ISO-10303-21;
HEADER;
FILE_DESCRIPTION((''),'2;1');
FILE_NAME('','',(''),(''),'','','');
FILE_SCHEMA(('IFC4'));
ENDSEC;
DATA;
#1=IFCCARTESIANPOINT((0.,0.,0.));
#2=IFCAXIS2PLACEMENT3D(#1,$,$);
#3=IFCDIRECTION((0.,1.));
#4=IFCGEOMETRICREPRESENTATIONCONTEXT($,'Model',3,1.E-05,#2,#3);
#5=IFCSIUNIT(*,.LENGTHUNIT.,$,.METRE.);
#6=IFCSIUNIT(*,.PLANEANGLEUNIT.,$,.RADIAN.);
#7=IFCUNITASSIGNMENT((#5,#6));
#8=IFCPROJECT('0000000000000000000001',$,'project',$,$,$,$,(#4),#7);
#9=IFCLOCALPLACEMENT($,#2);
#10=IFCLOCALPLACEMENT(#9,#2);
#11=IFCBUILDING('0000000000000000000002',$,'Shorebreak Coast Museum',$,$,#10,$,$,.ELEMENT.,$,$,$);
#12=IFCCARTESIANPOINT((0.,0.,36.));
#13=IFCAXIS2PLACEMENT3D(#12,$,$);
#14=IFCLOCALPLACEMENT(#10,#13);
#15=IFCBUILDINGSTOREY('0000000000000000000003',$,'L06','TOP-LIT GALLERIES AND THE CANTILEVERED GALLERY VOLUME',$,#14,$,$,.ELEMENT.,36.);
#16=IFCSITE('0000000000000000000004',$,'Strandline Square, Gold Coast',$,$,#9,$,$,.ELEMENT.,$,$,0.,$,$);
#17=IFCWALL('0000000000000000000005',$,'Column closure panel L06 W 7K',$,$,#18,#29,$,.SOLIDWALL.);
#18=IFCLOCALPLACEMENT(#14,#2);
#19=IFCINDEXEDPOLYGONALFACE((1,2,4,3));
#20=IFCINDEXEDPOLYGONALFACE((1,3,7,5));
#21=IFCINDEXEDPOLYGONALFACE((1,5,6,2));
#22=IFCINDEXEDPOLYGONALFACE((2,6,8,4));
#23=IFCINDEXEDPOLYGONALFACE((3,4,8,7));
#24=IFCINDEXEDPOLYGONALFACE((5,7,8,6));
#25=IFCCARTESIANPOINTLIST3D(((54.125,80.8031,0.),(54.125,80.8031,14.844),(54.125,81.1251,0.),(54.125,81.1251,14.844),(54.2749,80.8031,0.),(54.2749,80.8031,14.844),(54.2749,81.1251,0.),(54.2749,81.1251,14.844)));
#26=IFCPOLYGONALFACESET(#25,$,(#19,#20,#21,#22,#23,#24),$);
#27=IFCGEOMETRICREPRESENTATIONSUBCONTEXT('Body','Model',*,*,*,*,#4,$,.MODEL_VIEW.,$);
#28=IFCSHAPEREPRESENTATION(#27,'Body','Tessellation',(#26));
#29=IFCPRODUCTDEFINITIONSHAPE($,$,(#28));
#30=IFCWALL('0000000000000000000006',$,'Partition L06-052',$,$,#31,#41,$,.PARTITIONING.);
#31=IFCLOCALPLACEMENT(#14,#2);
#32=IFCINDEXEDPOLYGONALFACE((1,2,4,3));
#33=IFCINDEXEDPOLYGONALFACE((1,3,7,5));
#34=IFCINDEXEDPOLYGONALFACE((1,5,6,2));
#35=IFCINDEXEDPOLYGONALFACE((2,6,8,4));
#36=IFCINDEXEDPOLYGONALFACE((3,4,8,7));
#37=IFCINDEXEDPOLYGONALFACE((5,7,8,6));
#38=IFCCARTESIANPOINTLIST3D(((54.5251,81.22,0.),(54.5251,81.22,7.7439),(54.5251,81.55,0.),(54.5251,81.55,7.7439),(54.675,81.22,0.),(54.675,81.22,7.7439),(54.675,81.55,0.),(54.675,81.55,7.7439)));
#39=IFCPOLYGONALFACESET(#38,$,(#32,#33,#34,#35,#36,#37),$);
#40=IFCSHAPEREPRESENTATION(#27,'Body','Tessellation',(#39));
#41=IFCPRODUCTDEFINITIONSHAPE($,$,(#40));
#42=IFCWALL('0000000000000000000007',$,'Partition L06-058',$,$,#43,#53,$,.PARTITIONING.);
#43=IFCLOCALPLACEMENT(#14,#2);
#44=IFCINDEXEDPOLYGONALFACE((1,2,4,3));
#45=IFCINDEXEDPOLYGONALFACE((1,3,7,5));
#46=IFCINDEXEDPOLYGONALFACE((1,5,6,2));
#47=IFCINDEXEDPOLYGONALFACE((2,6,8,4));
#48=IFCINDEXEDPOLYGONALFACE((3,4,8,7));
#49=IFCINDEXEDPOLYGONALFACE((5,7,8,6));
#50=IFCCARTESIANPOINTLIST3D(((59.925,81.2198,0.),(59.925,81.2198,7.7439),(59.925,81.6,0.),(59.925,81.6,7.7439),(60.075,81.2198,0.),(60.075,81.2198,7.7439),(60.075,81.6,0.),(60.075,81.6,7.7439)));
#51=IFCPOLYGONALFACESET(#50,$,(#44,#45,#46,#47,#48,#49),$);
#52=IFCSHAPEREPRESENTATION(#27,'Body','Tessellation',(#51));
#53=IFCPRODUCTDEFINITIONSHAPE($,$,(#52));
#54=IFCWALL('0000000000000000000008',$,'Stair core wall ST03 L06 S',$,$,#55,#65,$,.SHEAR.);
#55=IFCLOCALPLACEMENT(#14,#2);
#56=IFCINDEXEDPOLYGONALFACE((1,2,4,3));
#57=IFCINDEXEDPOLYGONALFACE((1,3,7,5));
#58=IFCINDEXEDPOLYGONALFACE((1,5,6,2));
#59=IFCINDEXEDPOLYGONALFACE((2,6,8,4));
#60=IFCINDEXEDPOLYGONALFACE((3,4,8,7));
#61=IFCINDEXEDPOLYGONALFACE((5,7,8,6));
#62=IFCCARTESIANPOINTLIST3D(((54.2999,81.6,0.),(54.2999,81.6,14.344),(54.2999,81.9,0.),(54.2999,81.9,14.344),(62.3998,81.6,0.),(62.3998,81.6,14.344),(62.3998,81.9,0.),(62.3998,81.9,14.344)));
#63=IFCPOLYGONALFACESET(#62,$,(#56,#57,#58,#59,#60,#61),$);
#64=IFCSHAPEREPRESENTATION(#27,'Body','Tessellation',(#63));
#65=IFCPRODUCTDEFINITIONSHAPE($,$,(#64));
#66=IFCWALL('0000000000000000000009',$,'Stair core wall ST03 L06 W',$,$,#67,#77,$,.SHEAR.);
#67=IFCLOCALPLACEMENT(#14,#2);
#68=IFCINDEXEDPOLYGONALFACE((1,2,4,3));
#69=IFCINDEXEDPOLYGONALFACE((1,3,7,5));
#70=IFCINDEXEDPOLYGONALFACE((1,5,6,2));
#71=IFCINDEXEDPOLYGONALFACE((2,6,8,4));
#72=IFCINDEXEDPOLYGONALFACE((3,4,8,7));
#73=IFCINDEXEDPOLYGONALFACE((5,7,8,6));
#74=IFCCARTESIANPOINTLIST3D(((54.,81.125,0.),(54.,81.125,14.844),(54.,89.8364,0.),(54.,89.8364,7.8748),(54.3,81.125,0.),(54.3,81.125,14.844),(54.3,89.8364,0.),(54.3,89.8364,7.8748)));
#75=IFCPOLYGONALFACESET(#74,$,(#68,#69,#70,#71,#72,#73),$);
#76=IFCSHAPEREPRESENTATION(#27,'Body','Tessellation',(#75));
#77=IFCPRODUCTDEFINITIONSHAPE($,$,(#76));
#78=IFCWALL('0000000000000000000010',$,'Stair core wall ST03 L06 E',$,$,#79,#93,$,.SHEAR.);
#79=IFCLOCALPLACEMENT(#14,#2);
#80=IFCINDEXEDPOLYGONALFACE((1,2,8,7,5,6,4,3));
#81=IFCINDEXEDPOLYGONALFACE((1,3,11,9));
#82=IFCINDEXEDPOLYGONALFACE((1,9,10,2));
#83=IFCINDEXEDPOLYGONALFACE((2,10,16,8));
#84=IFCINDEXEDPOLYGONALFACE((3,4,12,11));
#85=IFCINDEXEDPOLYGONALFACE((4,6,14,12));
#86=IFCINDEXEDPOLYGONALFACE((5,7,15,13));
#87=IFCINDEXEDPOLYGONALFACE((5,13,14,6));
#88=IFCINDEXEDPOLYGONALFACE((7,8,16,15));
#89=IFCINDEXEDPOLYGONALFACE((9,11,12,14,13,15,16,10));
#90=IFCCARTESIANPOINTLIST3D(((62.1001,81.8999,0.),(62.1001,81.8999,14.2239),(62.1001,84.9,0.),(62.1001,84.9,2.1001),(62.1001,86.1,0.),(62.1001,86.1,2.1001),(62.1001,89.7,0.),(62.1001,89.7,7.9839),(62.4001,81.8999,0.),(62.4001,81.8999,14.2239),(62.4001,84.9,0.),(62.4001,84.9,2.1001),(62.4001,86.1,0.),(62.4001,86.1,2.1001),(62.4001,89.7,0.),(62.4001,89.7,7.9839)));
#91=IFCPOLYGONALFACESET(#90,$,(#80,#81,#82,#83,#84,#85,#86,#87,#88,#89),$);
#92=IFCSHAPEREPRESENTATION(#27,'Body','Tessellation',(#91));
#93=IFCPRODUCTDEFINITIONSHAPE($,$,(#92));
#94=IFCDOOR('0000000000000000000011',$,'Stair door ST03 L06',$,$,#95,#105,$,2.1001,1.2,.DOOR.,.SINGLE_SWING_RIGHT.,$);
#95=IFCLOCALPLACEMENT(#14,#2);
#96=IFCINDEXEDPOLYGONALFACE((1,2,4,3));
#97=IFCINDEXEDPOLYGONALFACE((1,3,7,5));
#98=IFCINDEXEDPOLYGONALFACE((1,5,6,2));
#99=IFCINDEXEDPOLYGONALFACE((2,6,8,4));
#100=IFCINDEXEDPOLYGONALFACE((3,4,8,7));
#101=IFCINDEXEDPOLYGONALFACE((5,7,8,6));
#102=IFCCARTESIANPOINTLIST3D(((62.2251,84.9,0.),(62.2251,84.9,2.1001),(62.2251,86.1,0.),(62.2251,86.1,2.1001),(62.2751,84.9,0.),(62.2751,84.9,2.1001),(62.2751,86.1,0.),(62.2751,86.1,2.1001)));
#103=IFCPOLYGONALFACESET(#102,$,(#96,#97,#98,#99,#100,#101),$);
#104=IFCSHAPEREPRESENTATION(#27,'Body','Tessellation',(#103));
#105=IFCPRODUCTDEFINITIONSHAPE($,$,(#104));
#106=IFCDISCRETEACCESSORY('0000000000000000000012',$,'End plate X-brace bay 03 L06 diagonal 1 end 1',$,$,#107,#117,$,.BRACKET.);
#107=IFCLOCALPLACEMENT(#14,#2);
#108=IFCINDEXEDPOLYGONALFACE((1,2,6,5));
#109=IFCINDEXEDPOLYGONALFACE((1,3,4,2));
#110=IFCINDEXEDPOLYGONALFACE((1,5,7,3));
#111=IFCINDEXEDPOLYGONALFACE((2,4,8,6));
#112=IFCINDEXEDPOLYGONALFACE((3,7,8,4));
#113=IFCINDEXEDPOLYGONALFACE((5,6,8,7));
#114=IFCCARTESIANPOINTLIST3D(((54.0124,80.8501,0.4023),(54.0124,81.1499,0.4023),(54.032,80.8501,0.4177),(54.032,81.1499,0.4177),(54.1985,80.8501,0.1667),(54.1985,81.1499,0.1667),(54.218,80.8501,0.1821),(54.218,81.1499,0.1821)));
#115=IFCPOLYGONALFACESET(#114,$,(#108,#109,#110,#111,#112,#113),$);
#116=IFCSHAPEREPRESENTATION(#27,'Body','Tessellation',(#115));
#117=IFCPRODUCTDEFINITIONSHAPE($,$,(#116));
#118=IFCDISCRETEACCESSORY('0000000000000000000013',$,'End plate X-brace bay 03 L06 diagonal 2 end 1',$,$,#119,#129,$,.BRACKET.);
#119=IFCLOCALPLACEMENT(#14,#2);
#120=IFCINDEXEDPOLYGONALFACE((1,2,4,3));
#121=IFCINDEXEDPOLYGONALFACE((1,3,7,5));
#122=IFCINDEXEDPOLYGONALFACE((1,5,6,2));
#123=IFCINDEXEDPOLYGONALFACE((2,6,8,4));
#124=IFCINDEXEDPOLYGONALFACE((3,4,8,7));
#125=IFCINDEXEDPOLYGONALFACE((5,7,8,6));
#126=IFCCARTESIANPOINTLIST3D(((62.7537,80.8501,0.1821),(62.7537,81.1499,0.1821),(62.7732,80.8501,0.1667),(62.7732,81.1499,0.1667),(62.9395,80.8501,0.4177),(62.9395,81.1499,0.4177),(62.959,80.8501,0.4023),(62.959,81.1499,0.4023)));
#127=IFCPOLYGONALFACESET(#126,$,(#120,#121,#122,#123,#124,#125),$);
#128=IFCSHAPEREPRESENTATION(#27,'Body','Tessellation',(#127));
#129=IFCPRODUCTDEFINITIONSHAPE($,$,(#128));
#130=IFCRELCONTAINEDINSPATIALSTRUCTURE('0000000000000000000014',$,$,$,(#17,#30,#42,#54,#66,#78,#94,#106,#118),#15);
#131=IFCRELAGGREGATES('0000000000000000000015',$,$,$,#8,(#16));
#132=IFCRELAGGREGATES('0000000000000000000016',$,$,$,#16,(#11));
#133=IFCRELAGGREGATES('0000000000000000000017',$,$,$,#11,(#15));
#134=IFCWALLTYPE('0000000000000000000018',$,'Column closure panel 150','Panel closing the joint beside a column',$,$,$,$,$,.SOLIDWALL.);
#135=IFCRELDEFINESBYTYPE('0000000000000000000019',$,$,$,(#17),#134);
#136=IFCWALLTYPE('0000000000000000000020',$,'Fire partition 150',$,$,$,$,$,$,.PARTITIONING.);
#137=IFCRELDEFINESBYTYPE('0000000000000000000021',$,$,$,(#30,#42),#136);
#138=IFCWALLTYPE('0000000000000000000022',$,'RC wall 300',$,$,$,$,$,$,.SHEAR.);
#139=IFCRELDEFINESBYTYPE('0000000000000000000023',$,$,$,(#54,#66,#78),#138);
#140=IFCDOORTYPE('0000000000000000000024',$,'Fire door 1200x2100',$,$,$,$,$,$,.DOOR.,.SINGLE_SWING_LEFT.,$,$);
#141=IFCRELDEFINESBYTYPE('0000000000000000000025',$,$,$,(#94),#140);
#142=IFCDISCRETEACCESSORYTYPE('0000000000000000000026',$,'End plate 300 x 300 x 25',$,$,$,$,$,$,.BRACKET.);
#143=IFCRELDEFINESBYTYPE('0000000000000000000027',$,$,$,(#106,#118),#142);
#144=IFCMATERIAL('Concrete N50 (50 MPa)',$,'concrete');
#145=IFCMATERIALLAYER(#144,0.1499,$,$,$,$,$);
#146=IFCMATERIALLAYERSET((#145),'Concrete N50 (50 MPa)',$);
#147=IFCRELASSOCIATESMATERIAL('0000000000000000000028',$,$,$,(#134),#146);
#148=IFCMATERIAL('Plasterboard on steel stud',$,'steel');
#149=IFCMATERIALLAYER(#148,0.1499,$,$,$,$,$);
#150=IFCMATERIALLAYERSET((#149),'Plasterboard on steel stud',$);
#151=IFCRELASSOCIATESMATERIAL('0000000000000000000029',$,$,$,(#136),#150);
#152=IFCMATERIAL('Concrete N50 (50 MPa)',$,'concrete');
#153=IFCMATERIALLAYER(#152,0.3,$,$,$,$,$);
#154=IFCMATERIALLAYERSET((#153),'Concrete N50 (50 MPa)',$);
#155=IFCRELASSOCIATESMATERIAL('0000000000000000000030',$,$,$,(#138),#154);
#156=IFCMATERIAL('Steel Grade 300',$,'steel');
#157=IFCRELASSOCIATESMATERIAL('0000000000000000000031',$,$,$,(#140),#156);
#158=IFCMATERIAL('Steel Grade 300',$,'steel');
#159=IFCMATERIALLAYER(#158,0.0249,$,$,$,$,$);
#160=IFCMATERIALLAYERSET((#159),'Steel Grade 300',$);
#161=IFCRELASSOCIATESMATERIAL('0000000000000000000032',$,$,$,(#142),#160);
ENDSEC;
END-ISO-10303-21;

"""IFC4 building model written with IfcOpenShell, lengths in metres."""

from ifc_helpers import new_model, si_unit, direction, frame, frame_2d, origin, place, context, subcontext, project, spatial, polyline, rectangle, outline, extrude, material, layer, layer_set, type_object, element, fill, save


model = new_model("IFC4")

# Units and contexts
model_context = context("Model", 3, precision=1e-05, world=origin(), true_north=direction((0.0, 1.0)))
body_context = subcontext(model_context, "Body", "Model", "MODEL_VIEW")
ifc_project = project(units=[si_unit("LENGTHUNIT", "METRE"), si_unit("PLANEANGLEUNIT", "RADIAN")], contexts=[model_context])

# Site, building, storey
site_placement = place(None, origin())
site = spatial("IfcSite", under=ifc_project, at=site_placement, Name="Strandline Square, Gold Coast", CompositionType="ELEMENT", RefElevation=0.0)
building_placement = place(site_placement, origin())
building = spatial("IfcBuilding", under=site, at=building_placement, Name="Shorebreak Coast Museum", CompositionType="ELEMENT")
storey_placement = place(building_placement, frame((0.0, 0.0, 36.0)))
storey = spatial("IfcBuildingStorey", under=building, at=storey_placement, Name="L06", Description="TOP-LIT GALLERIES AND THE CANTILEVERED GALLERY VOLUME", CompositionType="ELEMENT", Elevation=36.0)

# Walls
ifc_material_1 = material(Name="Concrete N50 (50 MPa)", Category="concrete")
ifc_layer_1 = layer(ifc_material_1, 0.1499)
ifc_layer_set_1 = layer_set([ifc_layer_1], Name="Concrete N50 (50 MPa)")
wall_type_1 = type_object("IfcWallType", Name="Column closure panel 150", Description="Panel closing the joint beside a column", PredefinedType="SOLIDWALL", material=ifc_layer_set_1)
wall_1_placement = place(storey_placement, frame((54.2, 80.803, 0.0), z_axis=(0.0, 0.0, 1.0), x_axis=(0.0, 1.0, 0.0)))
element("IfcWall", 1, at=wall_1_placement, inside=storey, type_object=wall_type_1, Name="Column closure panel L06 W 7K", PredefinedType="SOLIDWALL", context=body_context, shape_type="SweptSolid", body=[
    extrude(rectangle(XDim=0.322, YDim=0.1499, at=frame_2d((0.1611, 0.0))), origin(), (0.0, 0.0, 1.0), 14.844),
])
ifc_material_2 = material(Name="Plasterboard on steel stud", Category="steel")
ifc_layer_2 = layer(ifc_material_2, 0.1499)
ifc_layer_set_2 = layer_set([ifc_layer_2], Name="Plasterboard on steel stud")
wall_type_2 = type_object("IfcWallType", Name="Fire partition 150", PredefinedType="PARTITIONING", material=ifc_layer_set_2)
wall_2_placement = place(storey_placement, frame((54.6001, 81.22, 0.0), z_axis=(0.0, 0.0, 1.0), x_axis=(0.0, 1.0, 0.0)))
element("IfcWall", 2, at=wall_2_placement, inside=storey, type_object=wall_type_2, Name="Partition L06-052", PredefinedType="PARTITIONING", context=body_context, shape_type="SweptSolid", body=[
    extrude(rectangle(XDim=0.3301, YDim=0.1499, at=frame_2d((0.165, 0.0))), origin(), (0.0, 0.0, 1.0), 7.7439),
])
wall_3_placement = place(storey_placement, frame((60.0, 81.22, 0.0), z_axis=(0.0, 0.0, 1.0), x_axis=(0.0, 1.0, 0.0)))
element("IfcWall", 3, at=wall_3_placement, inside=storey, type_object=wall_type_2, Name="Partition L06-058", PredefinedType="PARTITIONING", context=body_context, shape_type="SweptSolid", body=[
    extrude(rectangle(XDim=0.3801, YDim=0.1499, at=frame_2d((0.1899, 0.0))), origin(), (0.0, 0.0, 1.0), 7.7439),
])
ifc_material_3 = material(Name="Concrete N50 (50 MPa)", Category="concrete")
ifc_layer_3 = layer(ifc_material_3, 0.3)
ifc_layer_set_3 = layer_set([ifc_layer_3], Name="Concrete N50 (50 MPa)")
wall_type_3 = type_object("IfcWallType", Name="RC wall 300", PredefinedType="SHEAR", material=ifc_layer_set_3)
wall_4_placement = place(storey_placement, frame((54.3, 81.75, 0.0), z_axis=(0.0, 0.0, 1.0), x_axis=(1.0, 0.0, 0.0)))
element("IfcWall", 4, at=wall_4_placement, inside=storey, type_object=wall_type_3, Name="Stair core wall ST03 L06 S", PredefinedType="SHEAR", context=body_context, shape_type="SweptSolid", body=[
    extrude(rectangle(XDim=8.0999, YDim=0.3, at=frame_2d((4.0498, 0.0))), origin(), (0.0, 0.0, 1.0), 14.344),
])
wall_5_placement = place(storey_placement, frame((54.1499, 81.125, 0.0), z_axis=(0.0, 0.0, 1.0), x_axis=(0.0, 1.0, 0.0)))
element("IfcWall", 5, at=wall_5_placement, inside=storey, type_object=wall_type_3, Name="Stair core wall ST03 L06 W", PredefinedType="SHEAR", context=body_context, shape_type="SweptSolid", body=[
    extrude(outline(polyline([(0.0, 0.0), (8.7114, 0.0), (8.7114, 7.8748), (0.0, 14.844), (0.0, 0.0)])), frame((0.0, 0.1499, 0.0), z_axis=(0.0, -1.0, 0.0), x_axis=(1.0, 0.0, 0.0)), (0.0, 0.0, 1.0), 0.3),
])

# Wall, opening, door
wall_6_placement = place(storey_placement, frame((62.25, 81.8999, 0.0), z_axis=(0.0, 0.0, 1.0), x_axis=(0.0, 1.0, 0.0)))
wall_6 = element("IfcWall", 6, at=wall_6_placement, inside=storey, type_object=wall_type_3, Name="Stair core wall ST03 L06 E", PredefinedType="SHEAR", context=body_context, shape_type="SweptSolid", body=[
    extrude(outline(polyline([(0.0, 0.0), (7.8, 0.0), (7.8, 7.9839), (0.0, 14.2239), (0.0, 0.0)])), frame((0.0, 0.1499, 0.0), z_axis=(0.0, -1.0, 0.0), x_axis=(1.0, 0.0, 0.0)), (0.0, 0.0, 1.0), 0.3),
])
opening_placement = place(wall_6_placement, frame((3.0, 0.0, 0.0)))
opening = element("IfcOpeningElement", 7, at=opening_placement, cuts=wall_6, PredefinedType="OPENING", context=body_context, shape_type="SweptSolid", body=[
    extrude(rectangle(XDim=1.2, YDim=2.1001, at=frame_2d((0.6001, 1.05))), frame((0.0, 0.1599, 0.0), z_axis=(0.0, -1.0, 0.0), x_axis=(1.0, 0.0, 0.0)), (0.0, 0.0, 1.0), 0.3201),
])
ifc_material_4 = material(Name="Steel Grade 300", Category="steel")
door_type = type_object("IfcDoorType", Name="Fire door 1200x2100", OperationType="SINGLE_SWING_LEFT", PredefinedType="DOOR", material=ifc_material_4)
door_placement = place(opening_placement, origin())
door = element("IfcDoor", 8, at=door_placement, inside=storey, type_object=door_type, Name="Stair door ST03 L06", OperationType="SINGLE_SWING_RIGHT", OverallHeight=2.1001, OverallWidth=1.2, PredefinedType="DOOR", context=body_context, shape_type="SweptSolid", body=[
    extrude(rectangle(XDim=1.2, YDim=2.1001, at=frame_2d((0.6001, 1.05))), frame((0.0, 0.0249, 0.0), z_axis=(0.0, -1.0, 0.0), x_axis=(1.0, 0.0, 0.0)), (0.0, 0.0, 1.0), 0.05),
])
fill(opening, door)

# Discrete accessories
ifc_material_5 = material(Name="Steel Grade 300", Category="steel")
ifc_layer_4 = layer(ifc_material_5, 0.0249)
ifc_layer_set_4 = layer_set([ifc_layer_4], Name="Steel Grade 300")
discrete_accessory_type = type_object("IfcDiscreteAccessoryType", Name="End plate 300 x 300 x 25", PredefinedType="BRACKET", material=ifc_layer_set_4)
discrete_accessory_1_placement = place(storey_placement, frame((54.218, 80.8501, 0.1821), z_axis=(0.78482, 0.0, 0.619723), x_axis=(0.0, 1.0, 0.0)))
element("IfcDiscreteAccessory", 9, at=discrete_accessory_1_placement, inside=storey, type_object=discrete_accessory_type, Name="End plate X-brace bay 03 L06 diagonal 1 end 1", PredefinedType="BRACKET", context=body_context, shape_type="SweptSolid", body=[
    extrude(outline(polyline([(0.0, 0.0), (0.2998, 0.0), (0.2998, 0.3002), (0.0, 0.3002), (0.0, 0.0)])), origin(), (0.0, 0.0, -1.0), 0.0249),
])
discrete_accessory_2_placement = place(storey_placement, frame((62.7537, 81.1499, 0.1821), z_axis=(-0.785216, 0.0, 0.619222), x_axis=(0.0, -1.0, 0.0)))
element("IfcDiscreteAccessory", 10, at=discrete_accessory_2_placement, inside=storey, type_object=discrete_accessory_type, Name="End plate X-brace bay 03 L06 diagonal 2 end 1", PredefinedType="BRACKET", context=body_context, shape_type="SweptSolid", body=[
    extrude(outline(polyline([(0.0, 0.0), (0.2998, 0.0), (0.2998, 0.3), (0.0, 0.3), (0.0, 0.0)])), origin(), (0.0, 0.0, -1.0), 0.0249),
])

save(model, "model.ifc")
